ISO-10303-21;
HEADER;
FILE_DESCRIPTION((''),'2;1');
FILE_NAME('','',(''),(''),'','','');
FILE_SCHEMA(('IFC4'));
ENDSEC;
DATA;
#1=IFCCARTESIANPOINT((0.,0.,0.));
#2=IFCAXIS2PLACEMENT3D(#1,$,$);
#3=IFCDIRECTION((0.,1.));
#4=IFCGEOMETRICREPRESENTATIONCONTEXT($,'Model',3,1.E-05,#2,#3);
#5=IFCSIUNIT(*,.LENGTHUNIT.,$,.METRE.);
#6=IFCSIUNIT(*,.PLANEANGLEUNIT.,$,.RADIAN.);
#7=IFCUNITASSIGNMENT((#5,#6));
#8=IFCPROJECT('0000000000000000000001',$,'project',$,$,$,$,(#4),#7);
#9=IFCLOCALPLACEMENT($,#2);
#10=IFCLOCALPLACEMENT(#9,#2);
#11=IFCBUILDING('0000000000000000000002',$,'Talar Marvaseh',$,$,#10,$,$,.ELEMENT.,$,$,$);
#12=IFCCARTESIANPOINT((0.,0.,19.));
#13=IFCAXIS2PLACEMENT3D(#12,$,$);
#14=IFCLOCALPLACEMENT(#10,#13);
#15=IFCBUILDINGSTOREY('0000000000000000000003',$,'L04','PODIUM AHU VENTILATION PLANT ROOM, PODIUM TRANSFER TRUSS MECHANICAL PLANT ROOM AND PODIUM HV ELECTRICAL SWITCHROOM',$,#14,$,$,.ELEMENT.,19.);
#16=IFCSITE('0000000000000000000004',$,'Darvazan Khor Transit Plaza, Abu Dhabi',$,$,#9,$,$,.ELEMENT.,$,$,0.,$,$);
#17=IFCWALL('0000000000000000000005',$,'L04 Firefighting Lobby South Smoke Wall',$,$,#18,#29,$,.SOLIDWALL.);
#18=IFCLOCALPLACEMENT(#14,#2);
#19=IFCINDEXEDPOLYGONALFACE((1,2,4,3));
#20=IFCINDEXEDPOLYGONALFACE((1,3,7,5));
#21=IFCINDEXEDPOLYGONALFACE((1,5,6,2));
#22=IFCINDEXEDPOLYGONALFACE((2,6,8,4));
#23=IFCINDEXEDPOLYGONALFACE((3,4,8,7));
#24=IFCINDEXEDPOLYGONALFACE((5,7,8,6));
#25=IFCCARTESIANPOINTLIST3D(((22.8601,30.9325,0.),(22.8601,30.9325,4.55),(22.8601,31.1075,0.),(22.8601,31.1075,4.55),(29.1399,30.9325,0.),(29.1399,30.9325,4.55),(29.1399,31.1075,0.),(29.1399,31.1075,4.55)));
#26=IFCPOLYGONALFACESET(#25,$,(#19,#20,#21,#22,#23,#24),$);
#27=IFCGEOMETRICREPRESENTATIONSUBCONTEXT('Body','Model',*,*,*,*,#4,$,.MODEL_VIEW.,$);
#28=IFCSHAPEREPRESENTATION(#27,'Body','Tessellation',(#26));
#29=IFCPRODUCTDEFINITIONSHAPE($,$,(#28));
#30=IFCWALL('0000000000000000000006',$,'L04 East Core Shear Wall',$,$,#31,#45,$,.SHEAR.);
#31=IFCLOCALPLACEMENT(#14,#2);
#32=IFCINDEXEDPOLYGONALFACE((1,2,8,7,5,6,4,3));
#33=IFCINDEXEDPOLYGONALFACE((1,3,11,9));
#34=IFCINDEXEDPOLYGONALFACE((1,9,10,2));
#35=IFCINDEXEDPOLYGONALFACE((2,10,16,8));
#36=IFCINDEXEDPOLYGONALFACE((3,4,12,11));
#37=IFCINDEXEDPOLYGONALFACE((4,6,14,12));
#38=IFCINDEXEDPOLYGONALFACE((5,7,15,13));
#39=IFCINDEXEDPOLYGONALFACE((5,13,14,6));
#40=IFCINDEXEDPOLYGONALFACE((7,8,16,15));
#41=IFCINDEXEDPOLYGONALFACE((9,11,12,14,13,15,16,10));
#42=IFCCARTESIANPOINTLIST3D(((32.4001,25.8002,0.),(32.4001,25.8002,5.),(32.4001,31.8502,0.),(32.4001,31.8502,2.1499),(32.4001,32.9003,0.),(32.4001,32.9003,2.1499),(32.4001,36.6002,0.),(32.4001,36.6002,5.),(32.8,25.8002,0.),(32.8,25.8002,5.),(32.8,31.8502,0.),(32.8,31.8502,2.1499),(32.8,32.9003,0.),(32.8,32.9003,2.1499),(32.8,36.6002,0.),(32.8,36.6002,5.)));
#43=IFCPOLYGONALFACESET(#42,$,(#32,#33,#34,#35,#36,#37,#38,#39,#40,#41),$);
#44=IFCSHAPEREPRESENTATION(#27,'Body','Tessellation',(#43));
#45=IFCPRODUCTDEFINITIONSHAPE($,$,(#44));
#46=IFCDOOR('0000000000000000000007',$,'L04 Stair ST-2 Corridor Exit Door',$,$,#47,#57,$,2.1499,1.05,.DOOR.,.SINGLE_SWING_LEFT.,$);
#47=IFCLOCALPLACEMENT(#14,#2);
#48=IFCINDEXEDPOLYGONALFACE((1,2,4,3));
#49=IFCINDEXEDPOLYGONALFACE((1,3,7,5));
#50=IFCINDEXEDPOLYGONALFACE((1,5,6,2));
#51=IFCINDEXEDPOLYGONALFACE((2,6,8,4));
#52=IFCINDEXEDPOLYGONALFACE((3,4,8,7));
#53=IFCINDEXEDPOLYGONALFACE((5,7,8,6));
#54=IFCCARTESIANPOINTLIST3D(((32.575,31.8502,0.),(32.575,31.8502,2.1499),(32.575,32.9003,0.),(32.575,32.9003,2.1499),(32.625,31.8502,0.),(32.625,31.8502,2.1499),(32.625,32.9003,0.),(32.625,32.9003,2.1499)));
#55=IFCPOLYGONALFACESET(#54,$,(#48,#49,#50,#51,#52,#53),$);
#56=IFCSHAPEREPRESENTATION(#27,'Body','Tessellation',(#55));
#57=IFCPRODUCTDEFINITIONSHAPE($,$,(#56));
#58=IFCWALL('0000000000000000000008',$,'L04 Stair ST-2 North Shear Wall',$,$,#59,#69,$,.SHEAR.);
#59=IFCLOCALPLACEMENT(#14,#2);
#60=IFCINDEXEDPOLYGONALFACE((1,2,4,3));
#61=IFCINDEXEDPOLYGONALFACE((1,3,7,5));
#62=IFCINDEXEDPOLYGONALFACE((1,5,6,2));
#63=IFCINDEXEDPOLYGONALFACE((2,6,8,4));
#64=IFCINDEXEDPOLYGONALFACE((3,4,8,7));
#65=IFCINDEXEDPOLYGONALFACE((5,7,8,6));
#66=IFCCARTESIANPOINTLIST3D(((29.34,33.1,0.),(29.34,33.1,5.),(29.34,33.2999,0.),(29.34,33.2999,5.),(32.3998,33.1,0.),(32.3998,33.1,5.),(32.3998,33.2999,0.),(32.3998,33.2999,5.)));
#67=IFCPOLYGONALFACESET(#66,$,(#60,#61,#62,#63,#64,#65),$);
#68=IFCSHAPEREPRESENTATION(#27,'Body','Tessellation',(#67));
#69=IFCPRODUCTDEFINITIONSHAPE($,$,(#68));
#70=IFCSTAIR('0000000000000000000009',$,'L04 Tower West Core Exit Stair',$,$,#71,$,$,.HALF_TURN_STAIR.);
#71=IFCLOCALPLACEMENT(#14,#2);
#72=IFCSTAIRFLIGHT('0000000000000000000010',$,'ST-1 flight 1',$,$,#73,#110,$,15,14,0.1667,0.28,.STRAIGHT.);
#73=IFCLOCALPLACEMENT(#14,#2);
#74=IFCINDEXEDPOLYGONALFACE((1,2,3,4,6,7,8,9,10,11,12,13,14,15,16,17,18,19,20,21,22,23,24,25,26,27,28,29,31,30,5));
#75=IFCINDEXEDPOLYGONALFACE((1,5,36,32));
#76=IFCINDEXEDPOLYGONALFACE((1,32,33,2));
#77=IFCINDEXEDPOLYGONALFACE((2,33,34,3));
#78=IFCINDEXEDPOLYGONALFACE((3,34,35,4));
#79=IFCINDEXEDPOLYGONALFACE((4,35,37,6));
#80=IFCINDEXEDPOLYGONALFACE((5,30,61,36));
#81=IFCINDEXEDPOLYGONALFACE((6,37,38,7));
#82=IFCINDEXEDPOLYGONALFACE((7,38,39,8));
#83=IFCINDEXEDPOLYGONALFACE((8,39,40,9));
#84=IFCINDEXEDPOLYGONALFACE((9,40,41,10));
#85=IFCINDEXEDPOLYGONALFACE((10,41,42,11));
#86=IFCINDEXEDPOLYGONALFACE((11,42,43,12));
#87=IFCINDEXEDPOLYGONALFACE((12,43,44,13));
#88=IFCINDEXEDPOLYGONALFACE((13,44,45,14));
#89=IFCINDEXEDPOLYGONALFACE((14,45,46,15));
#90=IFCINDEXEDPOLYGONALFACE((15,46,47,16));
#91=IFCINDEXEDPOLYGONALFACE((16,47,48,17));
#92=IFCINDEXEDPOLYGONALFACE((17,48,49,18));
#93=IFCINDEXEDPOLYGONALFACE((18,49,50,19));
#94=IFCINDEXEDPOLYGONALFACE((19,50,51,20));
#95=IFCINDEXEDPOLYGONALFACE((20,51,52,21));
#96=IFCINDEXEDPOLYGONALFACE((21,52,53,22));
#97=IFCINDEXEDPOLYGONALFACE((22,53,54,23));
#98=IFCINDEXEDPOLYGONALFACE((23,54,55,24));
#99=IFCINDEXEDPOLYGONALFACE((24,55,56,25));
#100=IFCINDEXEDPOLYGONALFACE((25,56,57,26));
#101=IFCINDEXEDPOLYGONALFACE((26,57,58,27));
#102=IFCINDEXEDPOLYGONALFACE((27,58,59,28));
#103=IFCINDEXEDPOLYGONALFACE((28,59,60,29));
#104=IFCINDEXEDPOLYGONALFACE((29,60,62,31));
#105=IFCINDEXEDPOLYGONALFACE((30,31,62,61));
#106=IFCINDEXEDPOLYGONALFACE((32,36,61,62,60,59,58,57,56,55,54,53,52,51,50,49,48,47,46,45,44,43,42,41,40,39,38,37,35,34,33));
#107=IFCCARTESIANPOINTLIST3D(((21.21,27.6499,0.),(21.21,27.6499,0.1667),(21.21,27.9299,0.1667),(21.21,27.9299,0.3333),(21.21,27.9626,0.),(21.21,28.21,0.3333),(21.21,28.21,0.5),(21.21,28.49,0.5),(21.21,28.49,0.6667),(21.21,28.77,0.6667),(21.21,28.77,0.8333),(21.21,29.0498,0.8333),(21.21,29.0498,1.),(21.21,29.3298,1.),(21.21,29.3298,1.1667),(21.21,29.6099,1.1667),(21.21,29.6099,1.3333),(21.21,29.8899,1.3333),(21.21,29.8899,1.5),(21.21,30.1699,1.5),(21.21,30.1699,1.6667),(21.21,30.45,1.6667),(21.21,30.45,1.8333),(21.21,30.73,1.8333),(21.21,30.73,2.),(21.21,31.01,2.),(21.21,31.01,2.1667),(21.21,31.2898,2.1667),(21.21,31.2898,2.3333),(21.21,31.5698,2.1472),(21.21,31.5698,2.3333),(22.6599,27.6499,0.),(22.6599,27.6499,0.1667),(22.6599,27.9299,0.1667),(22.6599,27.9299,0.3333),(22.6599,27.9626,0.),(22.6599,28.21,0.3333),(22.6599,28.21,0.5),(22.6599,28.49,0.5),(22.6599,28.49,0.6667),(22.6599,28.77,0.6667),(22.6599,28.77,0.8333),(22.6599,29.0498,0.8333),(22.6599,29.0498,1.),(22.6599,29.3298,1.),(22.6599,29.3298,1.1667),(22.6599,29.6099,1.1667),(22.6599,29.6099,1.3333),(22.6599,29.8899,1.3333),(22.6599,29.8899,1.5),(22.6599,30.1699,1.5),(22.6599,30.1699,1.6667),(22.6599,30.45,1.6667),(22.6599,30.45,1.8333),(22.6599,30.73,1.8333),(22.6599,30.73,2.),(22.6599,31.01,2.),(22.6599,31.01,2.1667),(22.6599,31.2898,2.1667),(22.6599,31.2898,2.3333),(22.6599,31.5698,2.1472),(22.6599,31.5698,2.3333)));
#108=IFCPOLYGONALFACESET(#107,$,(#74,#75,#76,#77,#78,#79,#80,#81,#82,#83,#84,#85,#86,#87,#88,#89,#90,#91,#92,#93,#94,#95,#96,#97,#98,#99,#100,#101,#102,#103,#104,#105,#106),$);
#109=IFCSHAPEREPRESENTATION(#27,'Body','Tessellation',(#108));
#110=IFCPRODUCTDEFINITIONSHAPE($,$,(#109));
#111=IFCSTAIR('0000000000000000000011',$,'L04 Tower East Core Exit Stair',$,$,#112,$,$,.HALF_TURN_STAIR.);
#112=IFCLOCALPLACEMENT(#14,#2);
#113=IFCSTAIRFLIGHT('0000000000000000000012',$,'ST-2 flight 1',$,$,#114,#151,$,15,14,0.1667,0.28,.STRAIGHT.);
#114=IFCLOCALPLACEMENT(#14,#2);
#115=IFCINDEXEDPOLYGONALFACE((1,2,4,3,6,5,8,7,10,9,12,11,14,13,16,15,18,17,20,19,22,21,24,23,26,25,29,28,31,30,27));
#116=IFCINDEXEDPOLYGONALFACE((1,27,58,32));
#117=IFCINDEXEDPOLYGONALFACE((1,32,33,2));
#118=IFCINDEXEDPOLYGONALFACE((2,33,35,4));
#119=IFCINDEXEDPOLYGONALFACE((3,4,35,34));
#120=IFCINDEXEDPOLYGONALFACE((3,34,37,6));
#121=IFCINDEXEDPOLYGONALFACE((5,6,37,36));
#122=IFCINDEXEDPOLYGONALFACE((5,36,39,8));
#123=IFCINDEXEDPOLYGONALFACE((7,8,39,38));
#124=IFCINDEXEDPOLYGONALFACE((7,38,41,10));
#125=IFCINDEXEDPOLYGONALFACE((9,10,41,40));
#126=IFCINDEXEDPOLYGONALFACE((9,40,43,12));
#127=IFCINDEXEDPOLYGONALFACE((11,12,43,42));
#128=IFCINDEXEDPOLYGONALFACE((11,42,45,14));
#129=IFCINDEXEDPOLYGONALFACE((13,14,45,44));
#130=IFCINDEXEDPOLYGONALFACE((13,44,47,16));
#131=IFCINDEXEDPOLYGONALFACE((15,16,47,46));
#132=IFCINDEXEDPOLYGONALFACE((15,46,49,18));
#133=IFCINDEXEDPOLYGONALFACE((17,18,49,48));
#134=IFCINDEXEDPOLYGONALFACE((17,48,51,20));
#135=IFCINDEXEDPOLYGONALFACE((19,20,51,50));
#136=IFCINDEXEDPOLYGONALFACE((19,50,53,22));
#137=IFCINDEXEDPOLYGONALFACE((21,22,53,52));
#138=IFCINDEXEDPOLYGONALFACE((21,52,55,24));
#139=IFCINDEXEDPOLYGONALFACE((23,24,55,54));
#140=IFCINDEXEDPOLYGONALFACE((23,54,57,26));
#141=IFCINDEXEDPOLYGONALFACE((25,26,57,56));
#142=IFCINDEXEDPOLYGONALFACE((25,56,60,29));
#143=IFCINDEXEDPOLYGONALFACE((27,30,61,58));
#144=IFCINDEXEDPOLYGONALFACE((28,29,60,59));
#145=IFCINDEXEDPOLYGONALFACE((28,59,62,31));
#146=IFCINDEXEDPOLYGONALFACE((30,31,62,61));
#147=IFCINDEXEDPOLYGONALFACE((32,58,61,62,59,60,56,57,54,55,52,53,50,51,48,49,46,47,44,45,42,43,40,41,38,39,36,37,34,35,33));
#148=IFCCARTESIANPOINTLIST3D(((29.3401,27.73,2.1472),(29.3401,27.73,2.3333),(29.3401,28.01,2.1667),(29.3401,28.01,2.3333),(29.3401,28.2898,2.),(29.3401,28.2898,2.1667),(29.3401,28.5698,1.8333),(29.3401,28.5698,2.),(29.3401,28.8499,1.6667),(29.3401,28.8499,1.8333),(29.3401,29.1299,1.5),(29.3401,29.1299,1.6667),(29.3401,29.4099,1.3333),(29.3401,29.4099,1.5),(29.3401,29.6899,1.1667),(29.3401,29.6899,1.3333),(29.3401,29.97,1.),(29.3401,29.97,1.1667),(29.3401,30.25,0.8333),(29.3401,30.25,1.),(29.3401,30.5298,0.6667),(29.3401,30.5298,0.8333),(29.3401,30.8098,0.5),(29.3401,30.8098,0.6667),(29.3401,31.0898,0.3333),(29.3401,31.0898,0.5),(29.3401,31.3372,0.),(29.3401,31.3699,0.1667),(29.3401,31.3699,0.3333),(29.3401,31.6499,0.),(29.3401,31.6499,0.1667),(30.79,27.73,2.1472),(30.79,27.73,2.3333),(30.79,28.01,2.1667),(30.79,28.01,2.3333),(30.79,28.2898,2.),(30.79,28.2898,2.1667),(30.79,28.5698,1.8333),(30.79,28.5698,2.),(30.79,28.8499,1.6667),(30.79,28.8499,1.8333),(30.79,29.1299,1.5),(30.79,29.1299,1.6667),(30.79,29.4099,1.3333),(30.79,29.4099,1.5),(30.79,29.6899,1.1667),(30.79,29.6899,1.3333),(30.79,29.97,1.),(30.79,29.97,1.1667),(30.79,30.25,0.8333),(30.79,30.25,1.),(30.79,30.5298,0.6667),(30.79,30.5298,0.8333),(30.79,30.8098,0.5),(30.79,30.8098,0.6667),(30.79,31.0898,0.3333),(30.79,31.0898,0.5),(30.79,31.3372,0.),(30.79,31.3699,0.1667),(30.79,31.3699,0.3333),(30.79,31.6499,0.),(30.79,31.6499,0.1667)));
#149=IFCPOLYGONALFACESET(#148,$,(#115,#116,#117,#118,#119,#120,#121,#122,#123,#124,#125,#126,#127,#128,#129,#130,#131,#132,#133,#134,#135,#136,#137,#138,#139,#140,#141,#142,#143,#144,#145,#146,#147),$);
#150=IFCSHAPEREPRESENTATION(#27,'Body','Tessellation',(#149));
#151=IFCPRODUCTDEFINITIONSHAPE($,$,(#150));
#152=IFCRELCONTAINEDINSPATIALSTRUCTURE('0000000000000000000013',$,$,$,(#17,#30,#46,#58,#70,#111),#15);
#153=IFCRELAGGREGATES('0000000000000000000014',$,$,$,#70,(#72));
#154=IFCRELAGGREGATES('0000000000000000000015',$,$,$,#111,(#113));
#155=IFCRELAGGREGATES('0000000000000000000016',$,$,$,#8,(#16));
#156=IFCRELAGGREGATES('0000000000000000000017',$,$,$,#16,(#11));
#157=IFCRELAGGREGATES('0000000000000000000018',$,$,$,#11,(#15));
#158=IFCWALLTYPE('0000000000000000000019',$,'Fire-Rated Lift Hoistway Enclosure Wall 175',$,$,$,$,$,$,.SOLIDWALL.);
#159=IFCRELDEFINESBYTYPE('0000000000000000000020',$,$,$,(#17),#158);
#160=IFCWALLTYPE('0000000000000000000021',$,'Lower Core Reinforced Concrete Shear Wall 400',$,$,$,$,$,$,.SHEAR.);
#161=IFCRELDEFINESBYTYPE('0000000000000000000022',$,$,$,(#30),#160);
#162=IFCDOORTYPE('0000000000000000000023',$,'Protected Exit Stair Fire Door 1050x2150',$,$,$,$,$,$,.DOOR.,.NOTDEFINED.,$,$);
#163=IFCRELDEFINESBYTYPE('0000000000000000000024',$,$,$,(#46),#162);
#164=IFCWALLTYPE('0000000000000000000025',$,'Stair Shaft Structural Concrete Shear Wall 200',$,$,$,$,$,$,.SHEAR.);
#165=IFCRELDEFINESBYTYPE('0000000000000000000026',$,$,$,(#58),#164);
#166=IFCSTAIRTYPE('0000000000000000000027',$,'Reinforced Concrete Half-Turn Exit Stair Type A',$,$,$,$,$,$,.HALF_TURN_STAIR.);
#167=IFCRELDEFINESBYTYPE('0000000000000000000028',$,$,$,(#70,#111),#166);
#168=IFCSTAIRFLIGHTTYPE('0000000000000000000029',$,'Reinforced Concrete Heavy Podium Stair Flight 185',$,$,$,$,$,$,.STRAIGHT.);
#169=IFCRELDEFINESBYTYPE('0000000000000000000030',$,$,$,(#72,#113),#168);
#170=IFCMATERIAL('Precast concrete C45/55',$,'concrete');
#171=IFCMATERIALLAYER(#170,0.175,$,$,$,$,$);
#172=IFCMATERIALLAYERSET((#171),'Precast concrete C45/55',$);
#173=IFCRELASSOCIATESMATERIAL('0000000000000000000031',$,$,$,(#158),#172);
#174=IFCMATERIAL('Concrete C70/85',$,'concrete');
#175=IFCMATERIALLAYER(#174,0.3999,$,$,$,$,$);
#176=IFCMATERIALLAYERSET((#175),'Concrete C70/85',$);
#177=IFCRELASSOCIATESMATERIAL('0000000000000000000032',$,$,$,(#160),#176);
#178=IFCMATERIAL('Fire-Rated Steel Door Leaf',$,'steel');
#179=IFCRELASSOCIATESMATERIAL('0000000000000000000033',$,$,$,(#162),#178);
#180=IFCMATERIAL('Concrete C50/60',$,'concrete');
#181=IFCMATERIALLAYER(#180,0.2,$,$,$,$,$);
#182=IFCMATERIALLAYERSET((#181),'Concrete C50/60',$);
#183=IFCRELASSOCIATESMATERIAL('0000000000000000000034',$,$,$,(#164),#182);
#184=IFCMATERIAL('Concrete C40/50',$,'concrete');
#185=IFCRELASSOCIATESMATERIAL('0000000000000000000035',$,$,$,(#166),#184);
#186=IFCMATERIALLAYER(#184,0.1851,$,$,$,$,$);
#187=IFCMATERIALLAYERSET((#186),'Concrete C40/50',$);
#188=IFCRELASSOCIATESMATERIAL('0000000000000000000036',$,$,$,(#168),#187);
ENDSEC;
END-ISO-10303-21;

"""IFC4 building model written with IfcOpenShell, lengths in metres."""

from ifc_helpers import new_model, si_unit, direction, frame, frame_2d, origin, place, context, subcontext, project, spatial, polyline, rectangle, outline, extrude, source, transform, mapped, material, layer, layer_set, type_object, type_shapes, element, fill, aggregate, save


model = new_model("IFC4")

# Units and contexts
model_context = context("Model", 3, precision=1e-05, world=origin(), true_north=direction((0.0, 1.0)))
body_context = subcontext(model_context, "Body", "Model", "MODEL_VIEW")
ifc_project = project(units=[si_unit("LENGTHUNIT", "METRE"), si_unit("PLANEANGLEUNIT", "RADIAN")], contexts=[model_context])

# Site, building, storey
site_placement = place(None, origin())
site = spatial("IfcSite", under=ifc_project, at=site_placement, Name="Darvazan Khor Transit Plaza, Abu Dhabi", CompositionType="ELEMENT", RefElevation=0.0)
building_placement = place(site_placement, origin())
building = spatial("IfcBuilding", under=site, at=building_placement, Name="Talar Marvaseh", CompositionType="ELEMENT")
storey_placement = place(building_placement, frame((0.0, 0.0, 19.0)))
storey = spatial("IfcBuildingStorey", under=building, at=storey_placement, Name="L04", Description="PODIUM AHU VENTILATION PLANT ROOM, PODIUM TRANSFER TRUSS MECHANICAL PLANT ROOM AND PODIUM HV ELECTRICAL SWITCHROOM", CompositionType="ELEMENT", Elevation=19.0)

# Shared definitions
ifc_material_1 = material(Name="Concrete C40/50", Category="concrete")

# Shared definitions
ifc_material_2 = material(Name="Fire-Rated Steel Door Leaf", Category="steel")

# Shared definitions
ifc_material_3 = material(Name="Precast concrete C45/55", Category="concrete")

# Shared definitions
ifc_layer_1 = layer(ifc_material_3, 0.175)
ifc_layer_set_1 = layer_set([ifc_layer_1], Name="Precast concrete C45/55")
wall_type_1 = type_object("IfcWallType", Name="Fire-Rated Lift Hoistway Enclosure Wall 175", PredefinedType="SOLIDWALL", material=ifc_layer_set_1)

# Wall
wall_1_placement = place(storey_placement, frame((22.8601, 31.02, 0.0), z_axis=(0.0, 0.0, 1.0), x_axis=(1.0, 0.0, 0.0)))
element("IfcWall", 1, at=wall_1_placement, inside=storey, type_object=wall_type_1, Name="L04 Firefighting Lobby South Smoke Wall", PredefinedType="SOLIDWALL", context=body_context, shape_type="SweptSolid", body=[
    extrude(rectangle(XDim=6.2798, YDim=0.175, at=frame_2d((3.1399, 0.0))), origin(), (0.0, 0.0, 1.0), 4.55),
])

# Wall, opening, door
ifc_material_4 = material(Name="Concrete C70/85", Category="concrete")
ifc_layer_2 = layer(ifc_material_4, 0.3999)
ifc_layer_set_2 = layer_set([ifc_layer_2], Name="Concrete C70/85")
wall_type_2 = type_object("IfcWallType", Name="Lower Core Reinforced Concrete Shear Wall 400", PredefinedType="SHEAR", material=ifc_layer_set_2)
wall_2_placement = place(storey_placement, frame((32.6001, 36.6001, 0.0), z_axis=(0.0, 0.0, 1.0), x_axis=(0.0, -1.0, 0.0)))
wall_2 = element("IfcWall", 2, at=wall_2_placement, inside=storey, type_object=wall_type_2, Name="L04 East Core Shear Wall", PredefinedType="SHEAR", context=body_context, shape_type="SweptSolid", body=[
    extrude(rectangle(XDim=10.8, YDim=0.3999, at=frame_2d((5.3999, 0.0))), origin(), (0.0, 0.0, 1.0), 5.0),
])
opening_1_placement = place(wall_2_placement, frame((3.7, 0.0, 0.0)))
opening_1 = element("IfcOpeningElement", 3, at=opening_1_placement, cuts=wall_2, PredefinedType="OPENING", context=body_context, shape_type="SweptSolid", body=[
    extrude(rectangle(XDim=1.05, YDim=2.1499, at=frame_2d((0.5249, 1.075))), frame((0.0, 0.21, 0.0), z_axis=(0.0, -1.0, 0.0), x_axis=(1.0, 0.0, 0.0)), (0.0, 0.0, 1.0), 0.4199),
])
door_type_1 = type_object("IfcDoorType", Name="Protected Exit Stair Fire Door 1050x2150", OperationType="NOTDEFINED", PredefinedType="DOOR", material=ifc_material_2)
shared_shape_1 = source(origin(), body_context, "Body", "SweptSolid", [
    extrude(rectangle(XDim=1.05, YDim=2.1499, at=frame_2d((0.5249, 1.075))), frame((0.0, 0.0249, 0.0), z_axis=(0.0, -1.0, 0.0), x_axis=(1.0, 0.0, 0.0)), (0.0, 0.0, 1.0), 0.05),
])
type_shapes(door_type_1, [shared_shape_1])
door_1_placement = place(opening_1_placement, origin())
door_1 = element("IfcDoor", 4, at=door_1_placement, inside=storey, type_object=door_type_1, Name="L04 Stair ST-2 Corridor Exit Door", OperationType="SINGLE_SWING_LEFT", OverallHeight=2.1499, OverallWidth=1.05, PredefinedType="DOOR", context=body_context, shape_type="MappedRepresentation", body=[
    mapped(shared_shape_1, transform((0.0, 0.0, 0.0), x_axis=(1.0, 0.0, 0.0), y_axis=(0.0, 1.0, 0.0), z_axis=(0.0, 0.0, 1.0), scale=1.0)),
])
fill(opening_1, door_1)

# Wall
ifc_material_5 = material(Name="Concrete C50/60", Category="concrete")
ifc_layer_3 = layer(ifc_material_5, 0.2)
ifc_layer_set_3 = layer_set([ifc_layer_3], Name="Concrete C50/60")
wall_type_3 = type_object("IfcWallType", Name="Stair Shaft Structural Concrete Shear Wall 200", PredefinedType="SHEAR", material=ifc_layer_set_3)
wall_3_placement = place(storey_placement, frame((29.3401, 33.2, 0.0), z_axis=(0.0, 0.0, 1.0), x_axis=(1.0, 0.0, 0.0)))
element("IfcWall", 5, at=wall_3_placement, inside=storey, type_object=wall_type_3, Name="L04 Stair ST-2 North Shear Wall", PredefinedType="SHEAR", context=body_context, shape_type="SweptSolid", body=[
    extrude(rectangle(XDim=3.0598, YDim=0.2, at=frame_2d((1.5298, 0.0))), origin(), (0.0, 0.0, 1.0), 5.0),
])

# Stair, stair flight
stair_type = type_object("IfcStairType", Name="Reinforced Concrete Half-Turn Exit Stair Type A", PredefinedType="HALF_TURN_STAIR", material=ifc_material_1)
stair_1_placement = place(storey_placement, origin())
stair_1 = element("IfcStair", 6, at=stair_1_placement, inside=storey, type_object=stair_type, Name="L04 Tower West Core Exit Stair", PredefinedType="HALF_TURN_STAIR")
ifc_layer_4 = layer(ifc_material_1, 0.1851)
ifc_layer_set_4 = layer_set([ifc_layer_4], Name="Concrete C40/50")
stair_flight_type = type_object("IfcStairFlightType", Name="Reinforced Concrete Heavy Podium Stair Flight 185", PredefinedType="STRAIGHT", material=ifc_layer_set_4)
stair_flight_1_placement = place(storey_placement, frame((21.9351, 27.6499, 0.0), z_axis=(0.0, 0.0, 1.0), x_axis=(0.0, 1.0, 0.0)))
stair_flight_1 = element("IfcStairFlight", 7, at=stair_flight_1_placement, type_object=stair_flight_type, Name="ST-1 flight 1", NumberOfRisers=15, NumberOfTreads=14, PredefinedType="STRAIGHT", RiserHeight=0.1667, TreadLength=0.28, context=body_context, shape_type="SweptSolid", body=[
    extrude(outline(polyline([(0.0, 0.0), (0.0, 0.1667), (0.28, 0.1667), (0.28, 0.3333), (0.5601, 0.3333), (0.5601, 0.5), (0.8401, 0.5), (0.8401, 0.6667), (1.1201, 0.6667), (1.1201, 0.8333), (1.3999, 0.8333), (1.3999, 1.0), (1.6799, 1.0), (1.6799, 1.1667), (1.96, 1.1667), (1.96, 1.3333), (2.24, 1.3333), (2.24, 1.5), (2.52, 1.5), (2.52, 1.6667), (2.8, 1.6667), (2.8, 1.8333), (3.0801, 1.8333), (3.0801, 2.0), (3.3601, 2.0), (3.3601, 2.1667), (3.6399, 2.1667), (3.6399, 2.3333), (3.9199, 2.3333), (3.9199, 2.5), (3.9199, 2.1472), (0.3127, 0.0), (0.0, 0.0)])), frame((0.0, 0.7251, 0.0), z_axis=(0.0, -1.0, 0.0), x_axis=(1.0, 0.0, 0.0)), (0.0, 0.0, 1.0), 1.45),
])
aggregate(stair_1, [stair_flight_1])

# Stair, stair flight
stair_2_placement = place(storey_placement, origin())
stair_2 = element("IfcStair", 8, at=stair_2_placement, inside=storey, type_object=stair_type, Name="L04 Tower East Core Exit Stair", PredefinedType="HALF_TURN_STAIR")
stair_flight_2_placement = place(storey_placement, frame((30.0649, 31.6499, 0.0), z_axis=(0.0, 0.0, 1.0), x_axis=(0.0, -1.0, 0.0)))
stair_flight_2 = element("IfcStairFlight", 9, at=stair_flight_2_placement, type_object=stair_flight_type, Name="ST-2 flight 1", NumberOfRisers=15, NumberOfTreads=14, PredefinedType="STRAIGHT", RiserHeight=0.1667, TreadLength=0.28, context=body_context, shape_type="SweptSolid", body=[
    extrude(outline(polyline([(0.0, 0.0), (0.0, 0.1667), (0.28, 0.1667), (0.28, 0.3333), (0.5601, 0.3333), (0.5601, 0.5), (0.8401, 0.5), (0.8401, 0.6667), (1.1201, 0.6667), (1.1201, 0.8333), (1.3999, 0.8333), (1.3999, 1.0), (1.6799, 1.0), (1.6799, 1.1667), (1.96, 1.1667), (1.96, 1.3333), (2.24, 1.3333), (2.24, 1.5), (2.52, 1.5), (2.52, 1.6667), (2.8, 1.6667), (2.8, 1.8333), (3.0801, 1.8333), (3.0801, 2.0), (3.3601, 2.0), (3.3601, 2.1667), (3.6399, 2.1667), (3.6399, 2.3333), (3.9199, 2.3333), (3.9199, 2.5), (3.9199, 2.1472), (0.3127, 0.0), (0.0, 0.0)])), frame((0.0, 0.7251, 0.0), z_axis=(0.0, -1.0, 0.0), x_axis=(1.0, 0.0, 0.0)), (0.0, 0.0, 1.0), 1.45),
])
aggregate(stair_2, [stair_flight_2])

save(model, "model.ifc")
